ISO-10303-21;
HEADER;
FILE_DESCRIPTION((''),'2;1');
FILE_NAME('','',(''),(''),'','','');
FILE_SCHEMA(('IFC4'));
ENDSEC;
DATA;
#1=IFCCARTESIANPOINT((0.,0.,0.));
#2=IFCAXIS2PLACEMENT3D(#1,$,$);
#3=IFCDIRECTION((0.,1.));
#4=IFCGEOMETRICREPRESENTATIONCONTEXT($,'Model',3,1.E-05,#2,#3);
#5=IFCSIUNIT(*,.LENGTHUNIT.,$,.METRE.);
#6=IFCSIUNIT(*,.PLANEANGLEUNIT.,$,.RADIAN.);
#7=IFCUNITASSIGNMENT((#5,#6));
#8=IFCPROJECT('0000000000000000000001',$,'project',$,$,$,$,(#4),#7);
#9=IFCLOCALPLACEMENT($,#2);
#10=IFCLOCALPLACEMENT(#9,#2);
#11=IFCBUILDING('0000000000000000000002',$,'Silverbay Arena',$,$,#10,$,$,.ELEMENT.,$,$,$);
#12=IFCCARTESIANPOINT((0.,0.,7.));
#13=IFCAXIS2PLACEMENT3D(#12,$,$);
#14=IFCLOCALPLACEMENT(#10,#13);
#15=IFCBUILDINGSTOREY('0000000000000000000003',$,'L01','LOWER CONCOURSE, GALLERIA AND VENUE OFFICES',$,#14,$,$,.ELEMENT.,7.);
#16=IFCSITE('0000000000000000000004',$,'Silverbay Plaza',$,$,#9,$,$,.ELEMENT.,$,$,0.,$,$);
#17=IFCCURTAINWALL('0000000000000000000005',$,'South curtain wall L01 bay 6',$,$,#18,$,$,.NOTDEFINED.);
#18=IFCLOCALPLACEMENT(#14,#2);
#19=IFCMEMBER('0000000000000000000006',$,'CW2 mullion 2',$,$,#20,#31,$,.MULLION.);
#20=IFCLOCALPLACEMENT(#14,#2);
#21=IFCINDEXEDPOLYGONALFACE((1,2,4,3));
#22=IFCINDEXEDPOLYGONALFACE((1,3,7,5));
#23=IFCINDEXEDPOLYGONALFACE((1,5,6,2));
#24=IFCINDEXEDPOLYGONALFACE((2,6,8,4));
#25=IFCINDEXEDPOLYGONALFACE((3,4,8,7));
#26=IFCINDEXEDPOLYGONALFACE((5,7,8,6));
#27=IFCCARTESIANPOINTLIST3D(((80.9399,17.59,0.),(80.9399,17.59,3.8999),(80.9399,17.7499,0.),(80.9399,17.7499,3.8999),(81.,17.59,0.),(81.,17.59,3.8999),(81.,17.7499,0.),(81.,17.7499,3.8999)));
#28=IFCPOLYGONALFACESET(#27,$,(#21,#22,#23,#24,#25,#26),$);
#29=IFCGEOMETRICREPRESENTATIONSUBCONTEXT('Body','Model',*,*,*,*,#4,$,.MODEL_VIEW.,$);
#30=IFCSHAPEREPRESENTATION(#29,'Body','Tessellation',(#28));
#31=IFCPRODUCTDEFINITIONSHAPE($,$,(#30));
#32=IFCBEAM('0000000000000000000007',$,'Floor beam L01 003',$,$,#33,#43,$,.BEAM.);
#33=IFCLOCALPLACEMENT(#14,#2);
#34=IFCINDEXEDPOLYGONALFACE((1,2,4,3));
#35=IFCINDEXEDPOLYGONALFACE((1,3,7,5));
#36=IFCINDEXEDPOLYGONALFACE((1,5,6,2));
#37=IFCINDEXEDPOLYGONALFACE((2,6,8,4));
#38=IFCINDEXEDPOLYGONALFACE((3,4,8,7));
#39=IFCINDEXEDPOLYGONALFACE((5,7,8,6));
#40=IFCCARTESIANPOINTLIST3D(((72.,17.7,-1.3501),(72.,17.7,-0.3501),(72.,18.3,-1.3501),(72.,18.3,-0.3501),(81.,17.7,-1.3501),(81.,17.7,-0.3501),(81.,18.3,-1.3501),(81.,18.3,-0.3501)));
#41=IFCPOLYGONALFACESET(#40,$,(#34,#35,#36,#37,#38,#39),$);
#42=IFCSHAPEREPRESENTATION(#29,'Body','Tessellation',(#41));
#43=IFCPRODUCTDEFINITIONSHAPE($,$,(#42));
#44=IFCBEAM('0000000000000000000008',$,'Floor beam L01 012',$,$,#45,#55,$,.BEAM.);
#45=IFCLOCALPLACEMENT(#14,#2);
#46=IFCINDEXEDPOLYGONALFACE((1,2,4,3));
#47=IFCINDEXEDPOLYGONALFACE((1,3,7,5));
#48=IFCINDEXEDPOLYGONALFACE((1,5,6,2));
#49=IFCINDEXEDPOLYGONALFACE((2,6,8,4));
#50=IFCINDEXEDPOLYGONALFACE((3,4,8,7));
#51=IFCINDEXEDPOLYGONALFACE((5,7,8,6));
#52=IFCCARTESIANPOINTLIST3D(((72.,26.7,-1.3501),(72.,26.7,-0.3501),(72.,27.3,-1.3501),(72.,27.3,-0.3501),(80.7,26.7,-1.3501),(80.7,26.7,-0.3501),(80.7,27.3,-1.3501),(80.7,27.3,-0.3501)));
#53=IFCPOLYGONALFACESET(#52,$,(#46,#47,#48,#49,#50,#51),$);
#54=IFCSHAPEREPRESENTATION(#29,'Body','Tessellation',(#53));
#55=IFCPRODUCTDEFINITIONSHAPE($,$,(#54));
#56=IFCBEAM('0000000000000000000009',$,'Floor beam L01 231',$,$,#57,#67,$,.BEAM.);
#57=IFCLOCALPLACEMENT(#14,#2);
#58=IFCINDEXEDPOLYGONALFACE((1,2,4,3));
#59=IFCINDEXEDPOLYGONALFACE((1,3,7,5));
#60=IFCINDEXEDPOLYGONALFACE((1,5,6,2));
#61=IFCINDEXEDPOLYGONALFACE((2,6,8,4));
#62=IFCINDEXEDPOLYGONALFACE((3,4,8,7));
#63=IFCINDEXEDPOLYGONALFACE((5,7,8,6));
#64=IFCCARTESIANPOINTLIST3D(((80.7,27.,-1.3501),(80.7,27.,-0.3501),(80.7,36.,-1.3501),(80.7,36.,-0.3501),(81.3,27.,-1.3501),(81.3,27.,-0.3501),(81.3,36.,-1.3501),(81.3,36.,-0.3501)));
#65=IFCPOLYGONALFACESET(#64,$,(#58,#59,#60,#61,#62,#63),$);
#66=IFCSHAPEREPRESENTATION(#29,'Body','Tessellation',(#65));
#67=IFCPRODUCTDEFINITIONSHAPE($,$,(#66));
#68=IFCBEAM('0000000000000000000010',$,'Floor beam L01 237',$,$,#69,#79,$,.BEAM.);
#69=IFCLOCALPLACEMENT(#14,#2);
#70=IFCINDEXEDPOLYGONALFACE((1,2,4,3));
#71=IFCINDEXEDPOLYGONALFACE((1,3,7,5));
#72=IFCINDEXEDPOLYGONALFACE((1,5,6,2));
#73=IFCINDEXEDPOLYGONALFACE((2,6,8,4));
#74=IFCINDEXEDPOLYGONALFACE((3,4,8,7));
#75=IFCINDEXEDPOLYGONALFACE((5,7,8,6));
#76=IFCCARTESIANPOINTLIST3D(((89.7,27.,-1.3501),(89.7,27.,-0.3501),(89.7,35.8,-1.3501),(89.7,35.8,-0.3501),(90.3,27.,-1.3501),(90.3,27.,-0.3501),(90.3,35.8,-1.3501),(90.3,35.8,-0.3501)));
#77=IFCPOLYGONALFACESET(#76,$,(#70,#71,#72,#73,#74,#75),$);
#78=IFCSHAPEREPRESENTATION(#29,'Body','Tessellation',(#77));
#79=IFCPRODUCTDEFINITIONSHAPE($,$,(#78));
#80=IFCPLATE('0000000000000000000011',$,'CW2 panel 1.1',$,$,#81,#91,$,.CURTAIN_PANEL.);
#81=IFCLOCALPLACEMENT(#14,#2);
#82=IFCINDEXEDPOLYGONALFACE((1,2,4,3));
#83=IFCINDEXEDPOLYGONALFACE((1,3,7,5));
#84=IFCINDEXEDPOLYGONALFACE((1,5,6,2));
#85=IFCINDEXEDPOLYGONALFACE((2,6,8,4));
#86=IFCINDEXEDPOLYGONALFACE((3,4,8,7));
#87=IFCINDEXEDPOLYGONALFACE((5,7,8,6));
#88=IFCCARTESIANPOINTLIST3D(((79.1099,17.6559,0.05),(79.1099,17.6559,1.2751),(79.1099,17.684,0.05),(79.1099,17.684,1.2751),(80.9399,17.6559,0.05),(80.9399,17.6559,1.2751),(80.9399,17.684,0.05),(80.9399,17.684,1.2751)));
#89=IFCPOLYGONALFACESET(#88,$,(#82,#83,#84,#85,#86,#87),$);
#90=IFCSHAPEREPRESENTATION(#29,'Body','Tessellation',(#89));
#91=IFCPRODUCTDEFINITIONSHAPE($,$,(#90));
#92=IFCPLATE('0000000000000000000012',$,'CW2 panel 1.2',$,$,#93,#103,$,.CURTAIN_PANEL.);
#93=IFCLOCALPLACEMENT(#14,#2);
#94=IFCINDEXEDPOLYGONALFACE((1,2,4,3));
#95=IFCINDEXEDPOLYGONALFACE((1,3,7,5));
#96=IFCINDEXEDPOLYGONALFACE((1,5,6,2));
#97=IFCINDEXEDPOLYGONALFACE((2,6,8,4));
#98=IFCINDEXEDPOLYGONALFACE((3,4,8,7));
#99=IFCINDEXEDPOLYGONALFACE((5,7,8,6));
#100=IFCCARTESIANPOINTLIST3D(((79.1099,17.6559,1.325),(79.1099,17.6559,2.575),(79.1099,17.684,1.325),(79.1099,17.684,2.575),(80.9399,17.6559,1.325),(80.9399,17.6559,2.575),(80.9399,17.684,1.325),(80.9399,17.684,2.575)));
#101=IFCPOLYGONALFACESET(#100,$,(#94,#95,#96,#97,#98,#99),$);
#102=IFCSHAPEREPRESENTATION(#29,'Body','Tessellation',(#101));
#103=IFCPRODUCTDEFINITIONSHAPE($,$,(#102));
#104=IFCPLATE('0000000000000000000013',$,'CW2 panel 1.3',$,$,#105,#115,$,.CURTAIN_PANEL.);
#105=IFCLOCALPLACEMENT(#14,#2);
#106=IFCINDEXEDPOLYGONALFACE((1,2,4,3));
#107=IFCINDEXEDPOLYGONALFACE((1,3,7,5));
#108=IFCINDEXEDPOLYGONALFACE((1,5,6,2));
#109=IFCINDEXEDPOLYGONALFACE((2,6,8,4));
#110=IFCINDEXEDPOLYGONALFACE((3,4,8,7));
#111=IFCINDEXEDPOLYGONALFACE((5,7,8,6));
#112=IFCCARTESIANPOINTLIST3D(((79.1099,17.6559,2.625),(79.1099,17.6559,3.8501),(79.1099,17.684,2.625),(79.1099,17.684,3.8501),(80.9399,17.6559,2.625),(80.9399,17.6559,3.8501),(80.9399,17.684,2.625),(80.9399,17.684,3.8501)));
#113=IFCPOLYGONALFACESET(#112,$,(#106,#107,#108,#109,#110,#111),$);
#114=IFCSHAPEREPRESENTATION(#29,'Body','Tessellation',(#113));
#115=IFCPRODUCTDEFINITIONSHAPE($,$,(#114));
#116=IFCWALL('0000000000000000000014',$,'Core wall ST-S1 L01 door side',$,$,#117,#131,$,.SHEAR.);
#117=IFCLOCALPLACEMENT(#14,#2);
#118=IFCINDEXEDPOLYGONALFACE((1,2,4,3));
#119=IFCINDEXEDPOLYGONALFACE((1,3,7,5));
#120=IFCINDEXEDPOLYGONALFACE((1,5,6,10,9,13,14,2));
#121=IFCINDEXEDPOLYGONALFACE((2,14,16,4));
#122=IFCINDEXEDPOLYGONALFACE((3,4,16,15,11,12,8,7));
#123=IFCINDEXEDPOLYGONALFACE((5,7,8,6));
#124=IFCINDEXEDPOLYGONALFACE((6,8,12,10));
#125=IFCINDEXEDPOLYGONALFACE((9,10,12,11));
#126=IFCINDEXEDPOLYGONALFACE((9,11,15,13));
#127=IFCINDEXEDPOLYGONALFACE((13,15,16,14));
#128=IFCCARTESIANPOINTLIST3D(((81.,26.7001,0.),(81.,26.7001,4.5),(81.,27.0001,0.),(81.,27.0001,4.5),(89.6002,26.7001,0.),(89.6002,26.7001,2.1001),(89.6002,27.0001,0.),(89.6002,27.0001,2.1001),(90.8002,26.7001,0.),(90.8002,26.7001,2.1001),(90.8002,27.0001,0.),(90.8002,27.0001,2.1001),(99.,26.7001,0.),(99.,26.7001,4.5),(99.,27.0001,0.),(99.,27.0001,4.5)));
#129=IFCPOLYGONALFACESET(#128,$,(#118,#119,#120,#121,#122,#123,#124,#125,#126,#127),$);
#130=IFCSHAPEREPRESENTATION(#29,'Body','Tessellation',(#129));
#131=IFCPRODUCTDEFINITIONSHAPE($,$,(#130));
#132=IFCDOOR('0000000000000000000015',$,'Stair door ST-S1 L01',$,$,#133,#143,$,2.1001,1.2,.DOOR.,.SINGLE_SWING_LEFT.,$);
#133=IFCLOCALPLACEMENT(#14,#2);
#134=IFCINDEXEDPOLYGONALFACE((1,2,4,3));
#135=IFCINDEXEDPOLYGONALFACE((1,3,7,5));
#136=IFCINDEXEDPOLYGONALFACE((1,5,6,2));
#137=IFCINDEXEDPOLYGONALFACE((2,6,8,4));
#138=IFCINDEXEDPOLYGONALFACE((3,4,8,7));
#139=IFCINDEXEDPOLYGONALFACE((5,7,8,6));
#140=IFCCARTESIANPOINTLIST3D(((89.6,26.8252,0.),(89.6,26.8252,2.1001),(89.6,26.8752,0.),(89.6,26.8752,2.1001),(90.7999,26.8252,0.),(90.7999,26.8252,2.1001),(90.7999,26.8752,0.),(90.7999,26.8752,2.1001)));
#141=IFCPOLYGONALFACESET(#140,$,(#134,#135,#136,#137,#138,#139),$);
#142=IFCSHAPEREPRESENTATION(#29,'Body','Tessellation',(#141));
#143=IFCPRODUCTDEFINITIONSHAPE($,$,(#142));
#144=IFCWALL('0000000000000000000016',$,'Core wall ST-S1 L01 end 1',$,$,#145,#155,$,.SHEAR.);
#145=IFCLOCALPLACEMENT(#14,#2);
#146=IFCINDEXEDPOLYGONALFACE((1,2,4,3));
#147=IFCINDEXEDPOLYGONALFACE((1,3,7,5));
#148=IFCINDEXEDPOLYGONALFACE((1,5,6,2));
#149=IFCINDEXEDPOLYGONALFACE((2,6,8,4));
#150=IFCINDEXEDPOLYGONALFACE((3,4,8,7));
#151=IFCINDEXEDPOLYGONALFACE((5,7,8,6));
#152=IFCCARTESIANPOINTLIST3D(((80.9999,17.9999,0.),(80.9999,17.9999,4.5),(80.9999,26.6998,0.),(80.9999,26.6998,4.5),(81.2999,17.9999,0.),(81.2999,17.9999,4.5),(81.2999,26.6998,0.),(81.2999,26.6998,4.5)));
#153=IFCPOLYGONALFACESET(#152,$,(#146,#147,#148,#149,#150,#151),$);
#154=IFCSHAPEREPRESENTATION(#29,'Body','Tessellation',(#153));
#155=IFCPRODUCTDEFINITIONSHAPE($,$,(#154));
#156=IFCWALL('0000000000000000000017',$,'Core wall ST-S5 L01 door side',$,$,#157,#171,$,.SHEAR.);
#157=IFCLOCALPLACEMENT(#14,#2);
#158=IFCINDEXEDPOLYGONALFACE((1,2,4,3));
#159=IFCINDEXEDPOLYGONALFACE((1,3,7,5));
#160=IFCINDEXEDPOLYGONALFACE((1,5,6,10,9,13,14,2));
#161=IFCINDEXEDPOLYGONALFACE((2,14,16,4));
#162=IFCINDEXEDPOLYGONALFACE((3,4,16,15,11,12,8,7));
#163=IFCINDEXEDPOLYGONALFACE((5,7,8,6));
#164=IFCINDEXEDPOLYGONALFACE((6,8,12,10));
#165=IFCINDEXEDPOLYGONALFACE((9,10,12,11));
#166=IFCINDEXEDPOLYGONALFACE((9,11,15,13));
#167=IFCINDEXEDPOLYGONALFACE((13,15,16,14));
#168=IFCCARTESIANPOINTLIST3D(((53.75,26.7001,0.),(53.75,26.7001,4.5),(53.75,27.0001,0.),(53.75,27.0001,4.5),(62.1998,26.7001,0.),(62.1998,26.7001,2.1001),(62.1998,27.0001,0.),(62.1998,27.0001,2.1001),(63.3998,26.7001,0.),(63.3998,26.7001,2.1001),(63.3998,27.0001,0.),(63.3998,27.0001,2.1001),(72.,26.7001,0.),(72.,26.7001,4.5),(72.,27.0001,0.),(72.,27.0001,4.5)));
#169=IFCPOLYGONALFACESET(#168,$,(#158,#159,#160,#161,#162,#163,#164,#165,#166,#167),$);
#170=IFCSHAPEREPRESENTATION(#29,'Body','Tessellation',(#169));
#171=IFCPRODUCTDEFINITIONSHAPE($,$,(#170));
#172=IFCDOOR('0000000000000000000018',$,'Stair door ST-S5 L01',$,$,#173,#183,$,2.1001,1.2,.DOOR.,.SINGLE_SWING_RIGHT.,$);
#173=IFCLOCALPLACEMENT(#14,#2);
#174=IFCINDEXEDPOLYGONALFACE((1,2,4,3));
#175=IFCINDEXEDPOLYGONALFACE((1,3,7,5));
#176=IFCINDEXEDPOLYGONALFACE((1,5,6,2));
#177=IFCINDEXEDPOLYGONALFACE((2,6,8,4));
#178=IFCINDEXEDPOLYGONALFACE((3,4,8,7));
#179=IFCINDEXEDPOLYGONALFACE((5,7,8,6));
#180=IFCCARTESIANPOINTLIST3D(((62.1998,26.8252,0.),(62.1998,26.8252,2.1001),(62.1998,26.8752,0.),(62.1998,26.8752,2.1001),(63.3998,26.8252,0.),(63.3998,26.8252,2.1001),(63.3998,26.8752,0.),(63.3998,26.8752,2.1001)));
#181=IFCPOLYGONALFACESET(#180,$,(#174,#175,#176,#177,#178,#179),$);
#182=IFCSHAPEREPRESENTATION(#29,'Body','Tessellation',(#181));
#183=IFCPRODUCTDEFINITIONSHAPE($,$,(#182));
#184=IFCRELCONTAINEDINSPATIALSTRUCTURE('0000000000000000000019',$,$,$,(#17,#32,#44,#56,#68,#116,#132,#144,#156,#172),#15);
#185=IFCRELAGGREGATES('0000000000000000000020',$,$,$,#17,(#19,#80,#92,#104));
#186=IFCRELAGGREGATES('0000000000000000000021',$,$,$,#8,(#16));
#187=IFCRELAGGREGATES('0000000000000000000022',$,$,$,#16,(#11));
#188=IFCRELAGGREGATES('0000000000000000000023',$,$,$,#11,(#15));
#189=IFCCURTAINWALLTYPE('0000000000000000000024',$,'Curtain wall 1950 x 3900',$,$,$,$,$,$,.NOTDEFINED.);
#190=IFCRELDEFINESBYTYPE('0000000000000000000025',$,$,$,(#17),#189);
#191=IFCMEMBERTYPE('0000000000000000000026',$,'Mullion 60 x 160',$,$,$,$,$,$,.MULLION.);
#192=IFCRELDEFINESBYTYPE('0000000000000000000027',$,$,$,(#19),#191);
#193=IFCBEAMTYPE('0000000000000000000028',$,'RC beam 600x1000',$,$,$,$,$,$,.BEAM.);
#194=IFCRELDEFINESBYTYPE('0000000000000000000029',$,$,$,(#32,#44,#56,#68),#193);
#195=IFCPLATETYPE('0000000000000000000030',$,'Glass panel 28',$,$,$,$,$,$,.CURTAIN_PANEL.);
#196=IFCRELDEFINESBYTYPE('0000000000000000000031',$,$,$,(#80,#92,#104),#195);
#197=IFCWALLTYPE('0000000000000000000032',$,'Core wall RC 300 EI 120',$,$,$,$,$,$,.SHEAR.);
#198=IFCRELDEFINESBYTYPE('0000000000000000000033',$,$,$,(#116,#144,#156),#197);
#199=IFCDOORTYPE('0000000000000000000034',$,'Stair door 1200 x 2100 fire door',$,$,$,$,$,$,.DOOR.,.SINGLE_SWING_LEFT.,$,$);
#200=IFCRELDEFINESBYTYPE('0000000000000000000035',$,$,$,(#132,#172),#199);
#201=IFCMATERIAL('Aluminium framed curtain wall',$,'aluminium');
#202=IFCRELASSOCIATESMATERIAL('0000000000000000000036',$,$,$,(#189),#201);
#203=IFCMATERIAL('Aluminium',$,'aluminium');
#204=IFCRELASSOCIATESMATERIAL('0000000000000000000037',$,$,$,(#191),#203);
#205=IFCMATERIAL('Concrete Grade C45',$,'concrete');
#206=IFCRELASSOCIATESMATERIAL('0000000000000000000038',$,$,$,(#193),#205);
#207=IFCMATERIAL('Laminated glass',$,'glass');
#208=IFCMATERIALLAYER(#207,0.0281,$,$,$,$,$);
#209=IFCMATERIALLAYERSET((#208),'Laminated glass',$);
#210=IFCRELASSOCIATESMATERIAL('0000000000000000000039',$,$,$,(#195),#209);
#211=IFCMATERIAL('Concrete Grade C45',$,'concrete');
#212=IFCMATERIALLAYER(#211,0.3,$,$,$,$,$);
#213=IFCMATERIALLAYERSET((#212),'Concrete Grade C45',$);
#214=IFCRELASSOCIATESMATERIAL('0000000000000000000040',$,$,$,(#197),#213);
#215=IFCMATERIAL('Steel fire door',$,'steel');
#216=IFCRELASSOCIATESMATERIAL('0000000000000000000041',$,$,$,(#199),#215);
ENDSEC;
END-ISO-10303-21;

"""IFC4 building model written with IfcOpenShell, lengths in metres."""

from ifc_helpers import new_model, si_unit, direction, frame, frame_2d, origin, origin_2d, place, context, subcontext, project, spatial, rectangle, extrude, material, layer, layer_set, material_profile, profile_set, type_object, element, fill, aggregate, save


model = new_model("IFC4")

# Units and contexts
model_context = context("Model", 3, precision=1e-05, world=origin(), true_north=direction((0.0, 1.0)))
body_context = subcontext(model_context, "Body", "Model", "MODEL_VIEW")
ifc_project = project(units=[si_unit("LENGTHUNIT", "METRE"), si_unit("PLANEANGLEUNIT", "RADIAN")], contexts=[model_context])

# Site, building, storey
site_placement = place(None, origin())
site = spatial("IfcSite", under=ifc_project, at=site_placement, Name="Silverbay Plaza", CompositionType="ELEMENT", RefElevation=0.0)
building_placement = place(site_placement, origin())
building = spatial("IfcBuilding", under=site, at=building_placement, Name="Silverbay Arena", CompositionType="ELEMENT")
storey_placement = place(building_placement, frame((0.0, 0.0, 7.0)))
storey = spatial("IfcBuildingStorey", under=building, at=storey_placement, Name="L01", Description="LOWER CONCOURSE, GALLERIA AND VENUE OFFICES", CompositionType="ELEMENT", Elevation=7.0)

# Curtain wall, member
ifc_material_1 = material(Name="Aluminium framed curtain wall", Category="aluminium")
curtain_wall_type = type_object("IfcCurtainWallType", Name="Curtain wall 1950 x 3900", PredefinedType="NOTDEFINED", material=ifc_material_1)
curtain_wall_placement = place(storey_placement, origin())
curtain_wall = element("IfcCurtainWall", 1, at=curtain_wall_placement, inside=storey, type_object=curtain_wall_type, Name="South curtain wall L01 bay 6", PredefinedType="NOTDEFINED")
ifc_material_2 = material(Name="Aluminium", Category="aluminium")
ifc_material_profile_1 = material_profile(ifc_material_2, rectangle(XDim=0.1599, YDim=0.0601, at=origin_2d()), Name="Mullion 60 x 160")
ifc_profile_set_1 = profile_set([ifc_material_profile_1], Name="Aluminium")
member_type = type_object("IfcMemberType", Name="Mullion 60 x 160", PredefinedType="MULLION", material=ifc_profile_set_1)
member_placement = place(storey_placement, frame((80.97, 17.6699, 0.0), z_axis=(0.0, 0.0, 1.0), x_axis=(0.0, 1.0, 0.0)))
member = element("IfcMember", 2, at=member_placement, type_object=member_type, Name="CW2 mullion 2", PredefinedType="MULLION", context=body_context, shape_type="SweptSolid", body=[
    extrude(rectangle(XDim=0.1599, YDim=0.0601, at=origin_2d()), origin(), (0.0, 0.0, 1.0), 3.8999),
])

# Beams
ifc_material_3 = material(Name="Concrete Grade C45", Category="concrete")
ifc_material_profile_2 = material_profile(ifc_material_3, rectangle(XDim=0.6001, YDim=1.0, at=origin_2d()), Name="RC 600x1000")
ifc_profile_set_2 = profile_set([ifc_material_profile_2], Name="Concrete Grade C45")
beam_type = type_object("IfcBeamType", Name="RC beam 600x1000", PredefinedType="BEAM", material=ifc_profile_set_2)
beam_1_placement = place(storey_placement, frame((72.0, 18.0, -0.8501), z_axis=(1.0, 0.0, 0.0), x_axis=(0.0, 1.0, 0.0)))
element("IfcBeam", 3, at=beam_1_placement, inside=storey, type_object=beam_type, Name="Floor beam L01 003", PredefinedType="BEAM", context=body_context, shape_type="SweptSolid", body=[
    extrude(rectangle(XDim=0.6001, YDim=1.0, at=origin_2d()), origin(), (0.0, 0.0, 1.0), 9.0),
])
beam_2_placement = place(storey_placement, frame((72.0, 27.0, -0.8501), z_axis=(1.0, 0.0, 0.0), x_axis=(0.0, 1.0, 0.0)))
element("IfcBeam", 4, at=beam_2_placement, inside=storey, type_object=beam_type, Name="Floor beam L01 012", PredefinedType="BEAM", context=body_context, shape_type="SweptSolid", body=[
    extrude(rectangle(XDim=0.6001, YDim=1.0, at=origin_2d()), origin(), (0.0, 0.0, 1.0), 8.7),
])
beam_3_placement = place(storey_placement, frame((81.0, 27.0, -0.8501), z_axis=(0.0, 1.0, 0.0), x_axis=(-1.0, 0.0, 0.0)))
element("IfcBeam", 5, at=beam_3_placement, inside=storey, type_object=beam_type, Name="Floor beam L01 231", PredefinedType="BEAM", context=body_context, shape_type="SweptSolid", body=[
    extrude(rectangle(XDim=0.6001, YDim=1.0, at=origin_2d()), origin(), (0.0, 0.0, 1.0), 9.0),
])
beam_4_placement = place(storey_placement, frame((90.0, 27.0, -0.8501), z_axis=(0.0, 1.0, 0.0), x_axis=(-1.0, 0.0, 0.0)))
element("IfcBeam", 6, at=beam_4_placement, inside=storey, type_object=beam_type, Name="Floor beam L01 237", PredefinedType="BEAM", context=body_context, shape_type="SweptSolid", body=[
    extrude(rectangle(XDim=0.6001, YDim=1.0, at=origin_2d()), origin(), (0.0, 0.0, 1.0), 8.8),
])

# Plates
ifc_material_4 = material(Name="Laminated glass", Category="glass")
ifc_layer_1 = layer(ifc_material_4, 0.0281)
ifc_layer_set_1 = layer_set([ifc_layer_1], Name="Laminated glass")
plate_type = type_object("IfcPlateType", Name="Glass panel 28", PredefinedType="CURTAIN_PANEL", material=ifc_layer_set_1)
plate_1_placement = place(storey_placement, frame((80.0249, 17.6699, 0.05), z_axis=(0.0, 0.0, 1.0), x_axis=(1.0, 0.0, 0.0)))
plate_1 = element("IfcPlate", 7, at=plate_1_placement, type_object=plate_type, Name="CW2 panel 1.1", PredefinedType="CURTAIN_PANEL", context=body_context, shape_type="SweptSolid", body=[
    extrude(rectangle(XDim=1.8301, YDim=0.0281, at=origin_2d()), origin(), (0.0, 0.0, 1.0), 1.2251),
])
plate_2_placement = place(storey_placement, frame((80.0249, 17.6699, 1.325), z_axis=(0.0, 0.0, 1.0), x_axis=(1.0, 0.0, 0.0)))
plate_2 = element("IfcPlate", 8, at=plate_2_placement, type_object=plate_type, Name="CW2 panel 1.2", PredefinedType="CURTAIN_PANEL", context=body_context, shape_type="SweptSolid", body=[
    extrude(rectangle(XDim=1.8301, YDim=0.0281, at=origin_2d()), origin(), (0.0, 0.0, 1.0), 1.25),
])
plate_3_placement = place(storey_placement, frame((80.0249, 17.6699, 2.625), z_axis=(0.0, 0.0, 1.0), x_axis=(1.0, 0.0, 0.0)))
plate_3 = element("IfcPlate", 9, at=plate_3_placement, type_object=plate_type, Name="CW2 panel 1.3", PredefinedType="CURTAIN_PANEL", context=body_context, shape_type="SweptSolid", body=[
    extrude(rectangle(XDim=1.8301, YDim=0.0281, at=origin_2d()), origin(), (0.0, 0.0, 1.0), 1.2251),
])
aggregate(curtain_wall, [member, plate_1, plate_2, plate_3])

# Wall, opening, door
ifc_material_5 = material(Name="Concrete Grade C45", Category="concrete")
ifc_layer_2 = layer(ifc_material_5, 0.3)
ifc_layer_set_2 = layer_set([ifc_layer_2], Name="Concrete Grade C45")
wall_type_1 = type_object("IfcWallType", Name="Core wall RC 300 EI 120", PredefinedType="SHEAR", material=ifc_layer_set_2)
wall_1_placement = place(storey_placement, frame((81.0, 26.8501, 0.0), z_axis=(0.0, 0.0, 1.0), x_axis=(1.0, 0.0, 0.0)))
wall_1 = element("IfcWall", 10, at=wall_1_placement, inside=storey, type_object=wall_type_1, Name="Core wall ST-S1 L01 door side", PredefinedType="SHEAR", context=body_context, shape_type="SweptSolid", body=[
    extrude(rectangle(XDim=18.0, YDim=0.3, at=frame_2d((9.0, 0.0))), origin(), (0.0, 0.0, 1.0), 4.5),
])
opening_1_placement = place(wall_1_placement, frame((8.6001, 0.0, 0.0)))
opening_1 = element("IfcOpeningElement", 11, at=opening_1_placement, cuts=wall_1, PredefinedType="OPENING", context=body_context, shape_type="SweptSolid", body=[
    extrude(rectangle(XDim=1.2, YDim=2.1001, at=frame_2d((0.6001, 1.05))), frame((0.0, 0.1602, 0.0), z_axis=(0.0, -1.0, 0.0), x_axis=(1.0, 0.0, 0.0)), (0.0, 0.0, 1.0), 0.3201),
])
ifc_material_6 = material(Name="Steel fire door", Category="steel")
door_type = type_object("IfcDoorType", Name="Stair door 1200 x 2100 fire door", OperationType="SINGLE_SWING_LEFT", PredefinedType="DOOR", material=ifc_material_6)
door_1_placement = place(opening_1_placement, frame((1.2, 0.0, 0.0), z_axis=(0.0, 0.0, 1.0), x_axis=(-1.0, 0.0, 0.0)))
door_1 = element("IfcDoor", 12, at=door_1_placement, inside=storey, type_object=door_type, Name="Stair door ST-S1 L01", OperationType="SINGLE_SWING_LEFT", OverallHeight=2.1001, OverallWidth=1.2, PredefinedType="DOOR", context=body_context, shape_type="SweptSolid", body=[
    extrude(rectangle(XDim=1.2, YDim=2.1001, at=frame_2d((0.6001, 1.05))), frame((0.0, 0.0249, 0.0), z_axis=(0.0, -1.0, 0.0), x_axis=(1.0, 0.0, 0.0)), (0.0, 0.0, 1.0), 0.05),
])
fill(opening_1, door_1)

# Wall
wall_2_placement = place(storey_placement, frame((81.1499, 26.7, 0.0), z_axis=(0.0, 0.0, 1.0), x_axis=(0.0, -1.0, 0.0)))
element("IfcWall", 13, at=wall_2_placement, inside=storey, type_object=wall_type_1, Name="Core wall ST-S1 L01 end 1", PredefinedType="SHEAR", context=body_context, shape_type="SweptSolid", body=[
    extrude(rectangle(XDim=8.7, YDim=0.3, at=frame_2d((4.3501, 0.0))), origin(), (0.0, 0.0, 1.0), 4.5),
])

# Wall, opening, door
wall_3_placement = place(storey_placement, frame((72.0, 26.8501, 0.0), z_axis=(0.0, 0.0, 1.0), x_axis=(-1.0, 0.0, 0.0)))
wall_3 = element("IfcWall", 14, at=wall_3_placement, inside=storey, type_object=wall_type_1, Name="Core wall ST-S5 L01 door side", PredefinedType="SHEAR", context=body_context, shape_type="SweptSolid", body=[
    extrude(rectangle(XDim=18.25, YDim=0.3, at=frame_2d((9.125, 0.0))), origin(), (0.0, 0.0, 1.0), 4.5),
])
opening_2_placement = place(wall_3_placement, frame((8.6001, 0.0, 0.0)))
opening_2 = element("IfcOpeningElement", 15, at=opening_2_placement, cuts=wall_3, PredefinedType="OPENING", context=body_context, shape_type="SweptSolid", body=[
    extrude(rectangle(XDim=1.2, YDim=2.1001, at=frame_2d((0.6001, 1.05))), frame((0.0, 0.1602, 0.0), z_axis=(0.0, -1.0, 0.0), x_axis=(1.0, 0.0, 0.0)), (0.0, 0.0, 1.0), 0.3201),
])
door_2_placement = place(opening_2_placement, origin())
door_2 = element("IfcDoor", 16, at=door_2_placement, inside=storey, type_object=door_type, Name="Stair door ST-S5 L01", OperationType="SINGLE_SWING_RIGHT", OverallHeight=2.1001, OverallWidth=1.2, PredefinedType="DOOR", context=body_context, shape_type="SweptSolid", body=[
    extrude(rectangle(XDim=1.2, YDim=2.1001, at=frame_2d((0.6001, 1.05))), frame((0.0, 0.0249, 0.0), z_axis=(0.0, -1.0, 0.0), x_axis=(1.0, 0.0, 0.0)), (0.0, 0.0, 1.0), 0.05),
])
fill(opening_2, door_2)

save(model, "model.ifc")
